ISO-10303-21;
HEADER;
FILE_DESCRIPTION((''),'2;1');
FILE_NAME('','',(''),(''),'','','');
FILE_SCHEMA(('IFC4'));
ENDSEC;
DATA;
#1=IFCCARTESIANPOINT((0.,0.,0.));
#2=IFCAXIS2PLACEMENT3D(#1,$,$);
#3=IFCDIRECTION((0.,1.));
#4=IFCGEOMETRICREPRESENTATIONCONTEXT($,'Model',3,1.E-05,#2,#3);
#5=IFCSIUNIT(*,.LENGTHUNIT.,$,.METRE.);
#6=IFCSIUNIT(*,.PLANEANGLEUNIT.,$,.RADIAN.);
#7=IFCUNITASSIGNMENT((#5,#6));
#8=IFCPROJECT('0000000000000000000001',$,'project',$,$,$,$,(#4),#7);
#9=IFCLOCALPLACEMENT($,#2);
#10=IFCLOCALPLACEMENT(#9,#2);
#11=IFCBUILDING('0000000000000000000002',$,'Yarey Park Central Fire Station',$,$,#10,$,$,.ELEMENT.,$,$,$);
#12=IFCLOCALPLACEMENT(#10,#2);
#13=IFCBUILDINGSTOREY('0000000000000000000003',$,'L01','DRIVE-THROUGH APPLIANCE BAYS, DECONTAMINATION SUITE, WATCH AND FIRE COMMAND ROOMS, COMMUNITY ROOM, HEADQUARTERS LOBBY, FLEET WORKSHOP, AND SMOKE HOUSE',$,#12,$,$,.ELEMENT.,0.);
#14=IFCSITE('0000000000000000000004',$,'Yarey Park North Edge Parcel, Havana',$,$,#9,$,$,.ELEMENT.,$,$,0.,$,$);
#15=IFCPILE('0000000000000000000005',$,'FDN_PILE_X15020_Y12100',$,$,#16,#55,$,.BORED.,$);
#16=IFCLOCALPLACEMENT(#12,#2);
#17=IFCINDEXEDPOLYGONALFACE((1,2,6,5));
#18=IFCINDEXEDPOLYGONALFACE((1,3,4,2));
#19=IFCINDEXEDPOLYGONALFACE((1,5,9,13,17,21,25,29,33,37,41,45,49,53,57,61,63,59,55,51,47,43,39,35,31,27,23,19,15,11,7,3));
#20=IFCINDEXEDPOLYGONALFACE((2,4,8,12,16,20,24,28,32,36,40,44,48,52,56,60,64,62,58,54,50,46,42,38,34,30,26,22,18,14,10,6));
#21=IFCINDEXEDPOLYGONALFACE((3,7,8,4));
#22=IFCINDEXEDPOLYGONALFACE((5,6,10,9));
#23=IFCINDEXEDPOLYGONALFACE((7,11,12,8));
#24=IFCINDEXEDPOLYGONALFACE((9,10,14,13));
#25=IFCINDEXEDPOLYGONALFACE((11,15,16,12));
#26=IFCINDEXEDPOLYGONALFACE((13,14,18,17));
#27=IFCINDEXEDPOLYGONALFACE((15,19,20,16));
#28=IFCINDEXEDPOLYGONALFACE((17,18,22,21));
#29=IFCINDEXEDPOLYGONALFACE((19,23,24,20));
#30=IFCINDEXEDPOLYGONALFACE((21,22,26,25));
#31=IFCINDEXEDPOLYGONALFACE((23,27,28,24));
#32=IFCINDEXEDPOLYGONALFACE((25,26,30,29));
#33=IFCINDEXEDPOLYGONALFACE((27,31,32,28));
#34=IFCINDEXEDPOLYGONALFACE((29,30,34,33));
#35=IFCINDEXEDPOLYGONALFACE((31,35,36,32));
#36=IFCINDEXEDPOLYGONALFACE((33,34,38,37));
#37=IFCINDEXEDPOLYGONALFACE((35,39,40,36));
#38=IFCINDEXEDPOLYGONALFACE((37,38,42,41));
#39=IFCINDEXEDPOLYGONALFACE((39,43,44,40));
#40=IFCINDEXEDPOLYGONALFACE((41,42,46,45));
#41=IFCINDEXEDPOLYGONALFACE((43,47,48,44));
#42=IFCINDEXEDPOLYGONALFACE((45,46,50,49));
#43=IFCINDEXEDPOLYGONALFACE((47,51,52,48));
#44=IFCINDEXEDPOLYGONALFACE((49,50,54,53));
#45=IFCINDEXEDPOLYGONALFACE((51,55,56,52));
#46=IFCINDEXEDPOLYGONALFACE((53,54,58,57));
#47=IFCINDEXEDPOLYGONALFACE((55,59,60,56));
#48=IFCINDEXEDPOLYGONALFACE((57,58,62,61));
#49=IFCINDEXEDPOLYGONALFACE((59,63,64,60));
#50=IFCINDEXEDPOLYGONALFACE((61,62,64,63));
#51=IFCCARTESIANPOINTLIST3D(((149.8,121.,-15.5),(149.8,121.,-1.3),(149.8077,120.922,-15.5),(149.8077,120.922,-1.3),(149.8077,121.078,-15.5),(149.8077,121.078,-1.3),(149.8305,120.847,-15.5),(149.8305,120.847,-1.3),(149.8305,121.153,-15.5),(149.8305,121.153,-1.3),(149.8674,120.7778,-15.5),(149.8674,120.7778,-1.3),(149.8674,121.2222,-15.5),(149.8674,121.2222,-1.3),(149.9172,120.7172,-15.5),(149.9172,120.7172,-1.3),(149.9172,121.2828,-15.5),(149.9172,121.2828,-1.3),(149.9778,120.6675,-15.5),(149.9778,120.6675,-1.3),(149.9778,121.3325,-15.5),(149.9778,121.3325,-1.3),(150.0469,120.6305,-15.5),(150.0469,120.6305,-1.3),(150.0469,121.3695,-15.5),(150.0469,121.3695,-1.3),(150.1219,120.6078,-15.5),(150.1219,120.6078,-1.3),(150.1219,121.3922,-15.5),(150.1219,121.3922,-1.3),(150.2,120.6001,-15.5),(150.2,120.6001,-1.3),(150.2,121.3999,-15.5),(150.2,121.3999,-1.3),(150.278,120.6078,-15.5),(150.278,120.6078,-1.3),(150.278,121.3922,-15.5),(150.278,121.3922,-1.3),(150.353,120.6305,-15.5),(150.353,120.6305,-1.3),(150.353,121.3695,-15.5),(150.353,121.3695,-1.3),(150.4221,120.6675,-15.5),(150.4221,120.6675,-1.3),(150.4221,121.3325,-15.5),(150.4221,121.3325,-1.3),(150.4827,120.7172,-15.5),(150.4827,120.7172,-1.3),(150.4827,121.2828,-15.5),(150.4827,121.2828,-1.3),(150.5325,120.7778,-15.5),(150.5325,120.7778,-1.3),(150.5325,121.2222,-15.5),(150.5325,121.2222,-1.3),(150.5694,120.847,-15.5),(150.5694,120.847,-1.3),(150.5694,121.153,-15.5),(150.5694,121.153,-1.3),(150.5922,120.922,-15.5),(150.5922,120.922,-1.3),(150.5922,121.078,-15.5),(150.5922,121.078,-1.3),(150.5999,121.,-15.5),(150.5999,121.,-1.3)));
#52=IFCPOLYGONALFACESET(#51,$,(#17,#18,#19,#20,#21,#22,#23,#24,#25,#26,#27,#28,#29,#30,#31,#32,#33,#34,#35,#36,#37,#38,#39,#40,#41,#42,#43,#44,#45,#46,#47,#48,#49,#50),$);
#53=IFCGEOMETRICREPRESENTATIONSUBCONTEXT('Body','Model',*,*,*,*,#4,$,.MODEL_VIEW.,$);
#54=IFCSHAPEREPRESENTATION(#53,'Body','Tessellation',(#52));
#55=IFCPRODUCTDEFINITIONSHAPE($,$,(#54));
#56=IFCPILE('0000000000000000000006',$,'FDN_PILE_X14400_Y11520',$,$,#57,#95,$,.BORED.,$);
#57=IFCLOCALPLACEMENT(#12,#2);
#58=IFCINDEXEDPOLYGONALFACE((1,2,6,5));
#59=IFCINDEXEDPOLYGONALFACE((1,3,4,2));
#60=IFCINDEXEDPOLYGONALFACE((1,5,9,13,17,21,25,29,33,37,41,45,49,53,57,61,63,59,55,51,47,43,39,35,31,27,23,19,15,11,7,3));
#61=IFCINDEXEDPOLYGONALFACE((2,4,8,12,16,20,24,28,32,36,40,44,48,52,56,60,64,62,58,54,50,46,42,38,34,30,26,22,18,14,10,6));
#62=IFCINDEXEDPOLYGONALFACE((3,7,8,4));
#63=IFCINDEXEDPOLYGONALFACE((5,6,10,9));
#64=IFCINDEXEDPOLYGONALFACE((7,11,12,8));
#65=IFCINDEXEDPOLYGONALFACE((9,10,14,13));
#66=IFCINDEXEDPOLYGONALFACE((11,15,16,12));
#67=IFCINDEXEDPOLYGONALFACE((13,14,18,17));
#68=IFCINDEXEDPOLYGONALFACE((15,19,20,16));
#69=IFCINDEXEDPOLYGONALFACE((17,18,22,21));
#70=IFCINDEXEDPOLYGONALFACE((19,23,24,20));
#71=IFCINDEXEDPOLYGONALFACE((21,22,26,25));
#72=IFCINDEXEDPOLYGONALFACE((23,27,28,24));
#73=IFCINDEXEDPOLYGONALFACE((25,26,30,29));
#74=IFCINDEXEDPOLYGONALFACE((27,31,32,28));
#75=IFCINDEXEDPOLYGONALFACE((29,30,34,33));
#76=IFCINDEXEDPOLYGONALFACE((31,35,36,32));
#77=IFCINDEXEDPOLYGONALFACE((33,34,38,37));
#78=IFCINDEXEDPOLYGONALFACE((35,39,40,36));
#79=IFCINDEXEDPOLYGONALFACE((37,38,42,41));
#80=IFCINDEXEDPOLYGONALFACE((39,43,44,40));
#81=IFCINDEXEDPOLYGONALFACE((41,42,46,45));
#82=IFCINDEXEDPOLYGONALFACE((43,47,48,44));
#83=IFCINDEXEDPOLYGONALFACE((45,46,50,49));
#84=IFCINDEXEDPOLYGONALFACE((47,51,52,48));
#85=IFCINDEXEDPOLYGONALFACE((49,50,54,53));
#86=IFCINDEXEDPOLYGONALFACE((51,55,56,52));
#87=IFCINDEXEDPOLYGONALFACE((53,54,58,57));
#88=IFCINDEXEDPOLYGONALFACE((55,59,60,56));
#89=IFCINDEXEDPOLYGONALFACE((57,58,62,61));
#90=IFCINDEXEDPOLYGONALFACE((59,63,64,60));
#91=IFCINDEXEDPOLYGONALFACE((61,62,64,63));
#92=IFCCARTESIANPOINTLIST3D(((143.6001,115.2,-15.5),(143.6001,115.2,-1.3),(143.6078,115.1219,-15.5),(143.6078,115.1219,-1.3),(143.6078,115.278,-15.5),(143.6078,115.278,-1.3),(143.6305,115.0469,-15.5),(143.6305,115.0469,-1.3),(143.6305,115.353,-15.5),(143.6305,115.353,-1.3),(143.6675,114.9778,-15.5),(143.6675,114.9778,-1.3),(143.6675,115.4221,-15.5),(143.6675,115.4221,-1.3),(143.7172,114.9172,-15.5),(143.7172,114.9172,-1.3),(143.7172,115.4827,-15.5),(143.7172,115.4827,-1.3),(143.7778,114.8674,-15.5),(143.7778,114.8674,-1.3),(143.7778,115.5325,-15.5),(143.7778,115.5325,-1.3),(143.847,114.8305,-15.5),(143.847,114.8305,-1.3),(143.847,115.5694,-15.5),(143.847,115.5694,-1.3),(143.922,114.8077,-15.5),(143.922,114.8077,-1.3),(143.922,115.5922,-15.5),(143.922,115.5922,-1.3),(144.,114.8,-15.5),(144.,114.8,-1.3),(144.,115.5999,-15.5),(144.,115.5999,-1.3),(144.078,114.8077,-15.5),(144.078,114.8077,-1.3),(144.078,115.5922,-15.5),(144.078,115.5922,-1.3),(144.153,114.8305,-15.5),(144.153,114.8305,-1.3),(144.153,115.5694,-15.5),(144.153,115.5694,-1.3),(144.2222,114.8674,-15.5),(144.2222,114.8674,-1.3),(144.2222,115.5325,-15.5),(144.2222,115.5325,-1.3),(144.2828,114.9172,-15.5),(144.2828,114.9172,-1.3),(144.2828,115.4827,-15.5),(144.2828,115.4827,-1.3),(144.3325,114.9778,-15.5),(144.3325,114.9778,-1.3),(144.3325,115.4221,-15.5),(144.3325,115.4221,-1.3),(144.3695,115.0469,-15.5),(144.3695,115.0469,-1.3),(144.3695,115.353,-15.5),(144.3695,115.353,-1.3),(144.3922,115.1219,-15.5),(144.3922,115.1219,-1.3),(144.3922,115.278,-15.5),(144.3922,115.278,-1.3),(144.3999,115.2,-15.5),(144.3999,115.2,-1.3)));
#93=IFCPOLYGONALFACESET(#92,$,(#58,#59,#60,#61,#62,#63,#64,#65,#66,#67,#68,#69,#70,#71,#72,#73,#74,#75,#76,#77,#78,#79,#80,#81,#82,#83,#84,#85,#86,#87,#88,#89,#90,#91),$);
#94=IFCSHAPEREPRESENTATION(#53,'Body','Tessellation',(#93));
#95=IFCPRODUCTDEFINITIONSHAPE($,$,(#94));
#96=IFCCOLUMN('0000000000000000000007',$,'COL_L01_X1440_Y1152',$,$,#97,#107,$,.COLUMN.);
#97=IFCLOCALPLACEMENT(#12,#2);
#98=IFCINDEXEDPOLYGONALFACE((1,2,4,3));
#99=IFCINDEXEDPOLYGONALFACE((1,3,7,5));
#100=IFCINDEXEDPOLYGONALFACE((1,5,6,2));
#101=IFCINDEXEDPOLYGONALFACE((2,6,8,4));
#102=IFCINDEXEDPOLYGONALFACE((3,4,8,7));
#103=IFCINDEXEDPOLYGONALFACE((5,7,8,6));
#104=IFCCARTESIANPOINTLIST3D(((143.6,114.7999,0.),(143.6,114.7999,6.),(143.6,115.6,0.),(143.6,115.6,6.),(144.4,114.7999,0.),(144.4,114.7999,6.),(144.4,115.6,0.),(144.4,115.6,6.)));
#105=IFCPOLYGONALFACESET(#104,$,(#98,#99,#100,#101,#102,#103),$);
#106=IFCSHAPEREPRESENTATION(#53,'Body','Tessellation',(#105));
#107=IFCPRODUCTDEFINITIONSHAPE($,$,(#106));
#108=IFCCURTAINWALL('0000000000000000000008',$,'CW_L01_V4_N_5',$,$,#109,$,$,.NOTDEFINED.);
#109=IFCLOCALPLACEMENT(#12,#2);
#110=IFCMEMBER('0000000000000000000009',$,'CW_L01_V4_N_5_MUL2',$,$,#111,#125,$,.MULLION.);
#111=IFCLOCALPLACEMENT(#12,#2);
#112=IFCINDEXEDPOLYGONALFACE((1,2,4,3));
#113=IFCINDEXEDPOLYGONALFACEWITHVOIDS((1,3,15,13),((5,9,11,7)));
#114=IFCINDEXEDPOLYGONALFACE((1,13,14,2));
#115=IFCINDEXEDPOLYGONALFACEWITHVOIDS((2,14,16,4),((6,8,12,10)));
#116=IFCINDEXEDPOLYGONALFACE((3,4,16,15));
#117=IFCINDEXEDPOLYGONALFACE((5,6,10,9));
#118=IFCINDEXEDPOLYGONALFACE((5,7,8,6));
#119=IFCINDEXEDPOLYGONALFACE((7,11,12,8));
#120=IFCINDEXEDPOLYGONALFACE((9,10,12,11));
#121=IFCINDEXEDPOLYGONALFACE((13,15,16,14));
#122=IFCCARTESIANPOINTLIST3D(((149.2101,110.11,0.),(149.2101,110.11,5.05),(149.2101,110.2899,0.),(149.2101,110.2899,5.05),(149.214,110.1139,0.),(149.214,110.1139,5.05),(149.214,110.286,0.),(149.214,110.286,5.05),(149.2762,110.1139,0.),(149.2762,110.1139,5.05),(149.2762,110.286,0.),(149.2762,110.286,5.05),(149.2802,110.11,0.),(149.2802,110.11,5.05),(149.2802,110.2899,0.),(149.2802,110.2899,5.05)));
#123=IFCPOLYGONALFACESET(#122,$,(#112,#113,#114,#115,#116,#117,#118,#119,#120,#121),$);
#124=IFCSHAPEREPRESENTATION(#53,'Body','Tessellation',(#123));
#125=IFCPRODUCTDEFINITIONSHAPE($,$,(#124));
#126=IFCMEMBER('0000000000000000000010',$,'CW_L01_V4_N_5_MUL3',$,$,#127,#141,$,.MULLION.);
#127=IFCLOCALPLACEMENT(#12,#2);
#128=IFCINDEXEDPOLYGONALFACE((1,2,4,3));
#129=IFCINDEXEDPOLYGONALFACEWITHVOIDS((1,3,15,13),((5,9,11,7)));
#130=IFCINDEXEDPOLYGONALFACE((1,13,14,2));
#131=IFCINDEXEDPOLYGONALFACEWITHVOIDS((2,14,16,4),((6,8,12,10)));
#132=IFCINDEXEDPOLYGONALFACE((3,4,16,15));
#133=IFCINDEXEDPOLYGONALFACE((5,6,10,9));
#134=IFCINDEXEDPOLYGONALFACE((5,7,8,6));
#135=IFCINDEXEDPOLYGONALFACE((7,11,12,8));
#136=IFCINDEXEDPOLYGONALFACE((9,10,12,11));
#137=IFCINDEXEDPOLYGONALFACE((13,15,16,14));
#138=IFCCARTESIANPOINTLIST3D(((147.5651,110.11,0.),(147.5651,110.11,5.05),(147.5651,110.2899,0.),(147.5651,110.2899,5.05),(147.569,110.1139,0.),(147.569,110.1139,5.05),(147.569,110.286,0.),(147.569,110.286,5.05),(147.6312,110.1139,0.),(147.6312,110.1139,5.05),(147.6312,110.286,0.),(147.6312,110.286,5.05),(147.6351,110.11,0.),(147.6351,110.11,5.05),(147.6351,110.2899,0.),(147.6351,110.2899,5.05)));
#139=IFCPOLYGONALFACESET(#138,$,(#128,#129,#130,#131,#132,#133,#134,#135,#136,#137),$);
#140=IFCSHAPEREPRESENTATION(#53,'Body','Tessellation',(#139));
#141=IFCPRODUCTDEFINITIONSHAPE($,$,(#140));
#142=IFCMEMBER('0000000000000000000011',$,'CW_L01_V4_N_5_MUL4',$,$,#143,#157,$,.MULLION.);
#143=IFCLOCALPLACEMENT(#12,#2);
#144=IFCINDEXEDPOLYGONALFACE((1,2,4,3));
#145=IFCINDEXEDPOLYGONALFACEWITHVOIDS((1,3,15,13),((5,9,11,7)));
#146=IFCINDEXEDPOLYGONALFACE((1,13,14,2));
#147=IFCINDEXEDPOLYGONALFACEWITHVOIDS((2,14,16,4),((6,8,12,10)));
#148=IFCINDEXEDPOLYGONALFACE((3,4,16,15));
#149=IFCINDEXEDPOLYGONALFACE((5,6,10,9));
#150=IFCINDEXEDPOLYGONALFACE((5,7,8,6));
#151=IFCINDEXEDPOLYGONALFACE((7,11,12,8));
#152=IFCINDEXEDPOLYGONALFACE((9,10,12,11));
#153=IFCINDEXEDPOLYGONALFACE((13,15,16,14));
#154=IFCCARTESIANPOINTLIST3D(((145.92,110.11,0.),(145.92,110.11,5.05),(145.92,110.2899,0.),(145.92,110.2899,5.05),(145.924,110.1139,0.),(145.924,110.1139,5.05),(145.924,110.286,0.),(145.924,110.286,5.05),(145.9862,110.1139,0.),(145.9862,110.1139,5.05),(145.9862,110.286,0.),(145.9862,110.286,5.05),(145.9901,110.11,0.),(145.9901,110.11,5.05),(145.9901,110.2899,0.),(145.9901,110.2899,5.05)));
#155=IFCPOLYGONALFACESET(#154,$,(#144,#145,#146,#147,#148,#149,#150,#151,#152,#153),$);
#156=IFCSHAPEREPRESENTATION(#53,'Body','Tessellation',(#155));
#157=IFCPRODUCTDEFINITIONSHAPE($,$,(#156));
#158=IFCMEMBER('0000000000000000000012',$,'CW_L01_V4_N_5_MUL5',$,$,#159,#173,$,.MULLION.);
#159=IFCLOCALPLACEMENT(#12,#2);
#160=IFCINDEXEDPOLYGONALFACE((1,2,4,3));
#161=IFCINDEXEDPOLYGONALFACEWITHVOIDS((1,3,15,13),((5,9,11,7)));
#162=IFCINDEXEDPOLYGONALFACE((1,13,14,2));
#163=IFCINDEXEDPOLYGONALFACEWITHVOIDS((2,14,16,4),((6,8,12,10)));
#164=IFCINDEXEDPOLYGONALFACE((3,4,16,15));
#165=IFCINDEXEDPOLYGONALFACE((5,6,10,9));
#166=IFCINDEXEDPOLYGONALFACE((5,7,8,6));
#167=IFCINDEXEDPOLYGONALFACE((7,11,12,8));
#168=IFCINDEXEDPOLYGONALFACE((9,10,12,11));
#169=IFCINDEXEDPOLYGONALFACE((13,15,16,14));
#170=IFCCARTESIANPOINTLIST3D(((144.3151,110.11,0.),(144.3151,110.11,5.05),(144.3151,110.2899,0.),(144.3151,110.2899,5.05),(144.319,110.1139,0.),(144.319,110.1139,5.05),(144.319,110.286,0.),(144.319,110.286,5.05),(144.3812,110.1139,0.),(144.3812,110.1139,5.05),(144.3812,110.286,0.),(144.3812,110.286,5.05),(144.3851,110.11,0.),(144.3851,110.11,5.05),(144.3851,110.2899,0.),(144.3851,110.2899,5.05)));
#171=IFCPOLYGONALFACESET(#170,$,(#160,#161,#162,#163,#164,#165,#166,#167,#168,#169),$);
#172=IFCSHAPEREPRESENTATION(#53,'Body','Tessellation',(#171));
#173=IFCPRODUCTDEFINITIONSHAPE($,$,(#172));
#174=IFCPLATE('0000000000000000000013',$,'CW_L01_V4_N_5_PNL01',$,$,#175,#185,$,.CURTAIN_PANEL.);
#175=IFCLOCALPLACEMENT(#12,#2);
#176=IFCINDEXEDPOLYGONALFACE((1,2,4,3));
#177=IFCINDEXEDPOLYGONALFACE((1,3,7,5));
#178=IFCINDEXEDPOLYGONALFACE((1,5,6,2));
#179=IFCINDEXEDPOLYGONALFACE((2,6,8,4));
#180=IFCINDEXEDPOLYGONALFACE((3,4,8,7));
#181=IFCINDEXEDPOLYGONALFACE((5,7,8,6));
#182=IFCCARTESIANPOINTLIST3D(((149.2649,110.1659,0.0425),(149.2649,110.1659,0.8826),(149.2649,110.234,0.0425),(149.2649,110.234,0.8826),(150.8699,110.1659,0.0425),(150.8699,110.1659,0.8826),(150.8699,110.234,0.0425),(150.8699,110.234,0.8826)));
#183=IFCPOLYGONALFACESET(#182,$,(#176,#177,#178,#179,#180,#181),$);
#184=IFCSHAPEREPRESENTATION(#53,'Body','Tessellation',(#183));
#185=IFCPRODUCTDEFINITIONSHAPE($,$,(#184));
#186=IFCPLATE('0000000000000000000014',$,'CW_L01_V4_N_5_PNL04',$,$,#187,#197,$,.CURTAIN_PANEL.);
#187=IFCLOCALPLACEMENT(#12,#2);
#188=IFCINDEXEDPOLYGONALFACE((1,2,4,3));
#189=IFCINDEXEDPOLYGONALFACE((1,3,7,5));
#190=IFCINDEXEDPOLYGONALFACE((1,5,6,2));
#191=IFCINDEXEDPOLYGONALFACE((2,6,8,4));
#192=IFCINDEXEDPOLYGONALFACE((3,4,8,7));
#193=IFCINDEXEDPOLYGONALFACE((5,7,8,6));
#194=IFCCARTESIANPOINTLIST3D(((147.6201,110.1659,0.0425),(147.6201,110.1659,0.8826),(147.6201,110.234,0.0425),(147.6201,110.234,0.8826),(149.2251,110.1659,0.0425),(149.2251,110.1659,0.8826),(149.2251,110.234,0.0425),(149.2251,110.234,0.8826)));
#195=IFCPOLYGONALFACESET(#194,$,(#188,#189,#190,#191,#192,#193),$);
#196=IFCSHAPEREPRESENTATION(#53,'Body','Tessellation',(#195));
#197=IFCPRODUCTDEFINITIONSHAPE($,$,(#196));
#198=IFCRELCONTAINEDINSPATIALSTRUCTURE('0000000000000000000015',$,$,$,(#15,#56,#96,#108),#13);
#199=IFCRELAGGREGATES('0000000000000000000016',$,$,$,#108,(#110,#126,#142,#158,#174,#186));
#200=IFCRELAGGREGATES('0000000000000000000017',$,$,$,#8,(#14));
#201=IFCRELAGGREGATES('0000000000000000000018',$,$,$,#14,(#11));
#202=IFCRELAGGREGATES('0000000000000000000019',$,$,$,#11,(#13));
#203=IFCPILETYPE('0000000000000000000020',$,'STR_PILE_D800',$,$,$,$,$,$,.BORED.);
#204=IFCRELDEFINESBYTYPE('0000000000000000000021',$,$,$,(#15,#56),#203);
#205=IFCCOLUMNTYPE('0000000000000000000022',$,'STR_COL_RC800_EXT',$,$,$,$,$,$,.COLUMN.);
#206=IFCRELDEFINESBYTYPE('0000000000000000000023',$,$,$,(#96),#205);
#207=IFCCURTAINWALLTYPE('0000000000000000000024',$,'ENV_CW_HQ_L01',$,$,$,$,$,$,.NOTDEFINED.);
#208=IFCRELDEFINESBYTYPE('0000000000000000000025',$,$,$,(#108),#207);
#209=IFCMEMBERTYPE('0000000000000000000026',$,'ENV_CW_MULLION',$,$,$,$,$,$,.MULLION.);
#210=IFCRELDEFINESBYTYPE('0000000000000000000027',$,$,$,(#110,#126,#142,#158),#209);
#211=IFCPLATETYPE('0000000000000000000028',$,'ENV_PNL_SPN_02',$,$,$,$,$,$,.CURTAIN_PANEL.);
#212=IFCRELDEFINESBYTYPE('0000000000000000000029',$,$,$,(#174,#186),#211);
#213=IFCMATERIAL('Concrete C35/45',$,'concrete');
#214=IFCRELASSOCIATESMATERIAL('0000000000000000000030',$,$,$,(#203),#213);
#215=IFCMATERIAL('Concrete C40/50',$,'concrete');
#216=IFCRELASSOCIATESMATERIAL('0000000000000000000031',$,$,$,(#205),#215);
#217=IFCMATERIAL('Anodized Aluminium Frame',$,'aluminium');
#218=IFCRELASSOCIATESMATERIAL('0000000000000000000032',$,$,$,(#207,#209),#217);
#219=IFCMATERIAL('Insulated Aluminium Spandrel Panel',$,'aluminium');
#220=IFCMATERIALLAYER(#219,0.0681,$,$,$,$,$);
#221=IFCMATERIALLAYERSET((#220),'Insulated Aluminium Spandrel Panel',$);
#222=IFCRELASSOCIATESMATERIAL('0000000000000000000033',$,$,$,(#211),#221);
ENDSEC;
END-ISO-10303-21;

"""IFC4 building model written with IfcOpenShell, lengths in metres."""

from ifc_helpers import new_model, si_unit, direction, frame, origin, origin_2d, place, context, subcontext, project, spatial, rectangle, hollow_rectangle, circle, extrude, material, layer, layer_set, material_profile, profile_set, type_object, element, aggregate, save


model = new_model("IFC4")

# Units and contexts
model_context = context("Model", 3, precision=1e-05, world=origin(), true_north=direction((0.0, 1.0)))
body_context = subcontext(model_context, "Body", "Model", "MODEL_VIEW")
ifc_project = project(units=[si_unit("LENGTHUNIT", "METRE"), si_unit("PLANEANGLEUNIT", "RADIAN")], contexts=[model_context])

# Site, building, storey
site_placement = place(None, origin())
site = spatial("IfcSite", under=ifc_project, at=site_placement, Name="Yarey Park North Edge Parcel, Havana", CompositionType="ELEMENT", RefElevation=0.0)
building_placement = place(site_placement, origin())
building = spatial("IfcBuilding", under=site, at=building_placement, Name="Yarey Park Central Fire Station", CompositionType="ELEMENT")
storey_placement = place(building_placement, origin())
storey = spatial("IfcBuildingStorey", under=building, at=storey_placement, Name="L01", Description="DRIVE-THROUGH APPLIANCE BAYS, DECONTAMINATION SUITE, WATCH AND FIRE COMMAND ROOMS, COMMUNITY ROOM, HEADQUARTERS LOBBY, FLEET WORKSHOP, AND SMOKE HOUSE", CompositionType="ELEMENT", Elevation=0.0)

# Shared definitions
ifc_material_1 = material(Name="Concrete C35/45", Category="concrete")

# Piles
ifc_material_profile_1 = material_profile(ifc_material_1, circle(Radius=0.3999, at=origin_2d()), Name="BORED PILE D800")
ifc_profile_set_1 = profile_set([ifc_material_profile_1], Name="Concrete C35/45")
pile_type = type_object("IfcPileType", Name="STR_PILE_D800", PredefinedType="BORED", material=ifc_profile_set_1)
for number, where, z_axis, x_axis, name in (
    (1, (150.2, 121.0, -1.3), (0.0, 0.0, -1.0), (1.0, 0.0, 0.0), "FDN_PILE_X15020_Y12100"),
    (2, (144.0, 115.2, -1.3), (0.0, 0.0, -1.0), (1.0, 0.0, 0.0), "FDN_PILE_X14400_Y11520"),
):
    element("IfcPile", number, at=place(storey_placement, frame(where, z_axis=z_axis, x_axis=x_axis)), inside=storey, type_object=pile_type, Name=name, PredefinedType="BORED", context=body_context, shape_type="SweptSolid", body=[
        extrude(circle(Radius=0.3999, at=origin_2d()), origin(), (0.0, 0.0, 1.0), 14.2),
    ])

# Column
ifc_material_2 = material(Name="Concrete C40/50", Category="concrete")
ifc_material_profile_2 = material_profile(ifc_material_2, rectangle(XDim=0.8, YDim=0.8, at=origin_2d()), Name="RC 800x800")
ifc_profile_set_2 = profile_set([ifc_material_profile_2], Name="Concrete C40/50")
column_type = type_object("IfcColumnType", Name="STR_COL_RC800_EXT", PredefinedType="COLUMN", material=ifc_profile_set_2)
column_placement = place(storey_placement, frame((144.0, 115.2, 0.0), z_axis=(0.0, 0.0, 1.0), x_axis=(1.0, 0.0, 0.0)))
element("IfcColumn", 3, at=column_placement, inside=storey, type_object=column_type, Name="COL_L01_X1440_Y1152", PredefinedType="COLUMN", context=body_context, shape_type="SweptSolid", body=[
    extrude(rectangle(XDim=0.8, YDim=0.8, at=origin_2d()), origin(), (0.0, 0.0, 1.0), 6.0),
])

# Curtain wall, members, plates
ifc_material_3 = material(Name="Anodized Aluminium Frame", Category="aluminium")
curtain_wall_type = type_object("IfcCurtainWallType", Name="ENV_CW_HQ_L01", PredefinedType="NOTDEFINED", material=ifc_material_3)
curtain_wall_placement = place(storey_placement, origin())
curtain_wall = element("IfcCurtainWall", 4, at=curtain_wall_placement, inside=storey, type_object=curtain_wall_type, Name="CW_L01_V4_N_5", PredefinedType="NOTDEFINED")
ifc_material_profile_3 = material_profile(ifc_material_3, hollow_rectangle(XDim=0.0701, YDim=0.1799, WallThickness=0.0039, at=origin_2d()), Name="ALU 180x70x4")
ifc_profile_set_3 = profile_set([ifc_material_profile_3], Name="Anodized Aluminium Frame")
member_type = type_object("IfcMemberType", Name="ENV_CW_MULLION", PredefinedType="MULLION", material=ifc_profile_set_3)
member_1_placement = place(storey_placement, frame((149.2451, 110.2, 0.0), z_axis=(0.0, 0.0, 1.0), x_axis=(1.0, 0.0, 0.0)))
member_1 = element("IfcMember", 5, at=member_1_placement, type_object=member_type, Name="CW_L01_V4_N_5_MUL2", PredefinedType="MULLION", context=body_context, shape_type="SweptSolid", body=[
    extrude(hollow_rectangle(XDim=0.0701, YDim=0.1799, WallThickness=0.0039, at=origin_2d()), origin(), (0.0, 0.0, 1.0), 5.05),
])
member_2_placement = place(storey_placement, frame((147.6001, 110.2, 0.0), z_axis=(0.0, 0.0, 1.0), x_axis=(1.0, 0.0, 0.0)))
member_2 = element("IfcMember", 6, at=member_2_placement, type_object=member_type, Name="CW_L01_V4_N_5_MUL3", PredefinedType="MULLION", context=body_context, shape_type="SweptSolid", body=[
    extrude(hollow_rectangle(XDim=0.0701, YDim=0.1799, WallThickness=0.0039, at=origin_2d()), origin(), (0.0, 0.0, 1.0), 5.05),
])
member_3_placement = place(storey_placement, frame((145.9551, 110.2, 0.0), z_axis=(0.0, 0.0, 1.0), x_axis=(1.0, 0.0, 0.0)))
member_3 = element("IfcMember", 7, at=member_3_placement, type_object=member_type, Name="CW_L01_V4_N_5_MUL4", PredefinedType="MULLION", context=body_context, shape_type="SweptSolid", body=[
    extrude(hollow_rectangle(XDim=0.0701, YDim=0.1799, WallThickness=0.0039, at=origin_2d()), origin(), (0.0, 0.0, 1.0), 5.05),
])
member_4_placement = place(storey_placement, frame((144.3501, 110.2, 0.0), z_axis=(0.0, 0.0, 1.0), x_axis=(1.0, 0.0, 0.0)))
member_4 = element("IfcMember", 8, at=member_4_placement, type_object=member_type, Name="CW_L01_V4_N_5_MUL5", PredefinedType="MULLION", context=body_context, shape_type="SweptSolid", body=[
    extrude(hollow_rectangle(XDim=0.0701, YDim=0.1799, WallThickness=0.0039, at=origin_2d()), origin(), (0.0, 0.0, 1.0), 5.05),
])
ifc_material_4 = material(Name="Insulated Aluminium Spandrel Panel", Category="aluminium")
ifc_layer_1 = layer(ifc_material_4, 0.0681)
ifc_layer_set_1 = layer_set([ifc_layer_1], Name="Insulated Aluminium Spandrel Panel")
plate_type_1 = type_object("IfcPlateType", Name="ENV_PNL_SPN_02", PredefinedType="CURTAIN_PANEL", material=ifc_layer_set_1)
plate_1_placement = place(storey_placement, frame((150.0674, 110.2, 0.0425), z_axis=(0.0, 0.0, 1.0), x_axis=(-1.0, 0.0, 0.0)))
plate_1 = element("IfcPlate", 9, at=plate_1_placement, type_object=plate_type_1, Name="CW_L01_V4_N_5_PNL01", PredefinedType="CURTAIN_PANEL", context=body_context, shape_type="SweptSolid", body=[
    extrude(rectangle(XDim=1.605, YDim=0.0681, at=origin_2d()), origin(), (0.0, 0.0, 1.0), 0.8401),
])
plate_2_placement = place(storey_placement, frame((148.4226, 110.2, 0.0425), z_axis=(0.0, 0.0, 1.0), x_axis=(-1.0, 0.0, 0.0)))
plate_2 = element("IfcPlate", 10, at=plate_2_placement, type_object=plate_type_1, Name="CW_L01_V4_N_5_PNL04", PredefinedType="CURTAIN_PANEL", context=body_context, shape_type="SweptSolid", body=[
    extrude(rectangle(XDim=1.605, YDim=0.0681, at=origin_2d()), origin(), (0.0, 0.0, 1.0), 0.8401),
])
aggregate(curtain_wall, [member_1, member_2, member_3, member_4, plate_1, plate_2])

save(model, "model.ifc")
